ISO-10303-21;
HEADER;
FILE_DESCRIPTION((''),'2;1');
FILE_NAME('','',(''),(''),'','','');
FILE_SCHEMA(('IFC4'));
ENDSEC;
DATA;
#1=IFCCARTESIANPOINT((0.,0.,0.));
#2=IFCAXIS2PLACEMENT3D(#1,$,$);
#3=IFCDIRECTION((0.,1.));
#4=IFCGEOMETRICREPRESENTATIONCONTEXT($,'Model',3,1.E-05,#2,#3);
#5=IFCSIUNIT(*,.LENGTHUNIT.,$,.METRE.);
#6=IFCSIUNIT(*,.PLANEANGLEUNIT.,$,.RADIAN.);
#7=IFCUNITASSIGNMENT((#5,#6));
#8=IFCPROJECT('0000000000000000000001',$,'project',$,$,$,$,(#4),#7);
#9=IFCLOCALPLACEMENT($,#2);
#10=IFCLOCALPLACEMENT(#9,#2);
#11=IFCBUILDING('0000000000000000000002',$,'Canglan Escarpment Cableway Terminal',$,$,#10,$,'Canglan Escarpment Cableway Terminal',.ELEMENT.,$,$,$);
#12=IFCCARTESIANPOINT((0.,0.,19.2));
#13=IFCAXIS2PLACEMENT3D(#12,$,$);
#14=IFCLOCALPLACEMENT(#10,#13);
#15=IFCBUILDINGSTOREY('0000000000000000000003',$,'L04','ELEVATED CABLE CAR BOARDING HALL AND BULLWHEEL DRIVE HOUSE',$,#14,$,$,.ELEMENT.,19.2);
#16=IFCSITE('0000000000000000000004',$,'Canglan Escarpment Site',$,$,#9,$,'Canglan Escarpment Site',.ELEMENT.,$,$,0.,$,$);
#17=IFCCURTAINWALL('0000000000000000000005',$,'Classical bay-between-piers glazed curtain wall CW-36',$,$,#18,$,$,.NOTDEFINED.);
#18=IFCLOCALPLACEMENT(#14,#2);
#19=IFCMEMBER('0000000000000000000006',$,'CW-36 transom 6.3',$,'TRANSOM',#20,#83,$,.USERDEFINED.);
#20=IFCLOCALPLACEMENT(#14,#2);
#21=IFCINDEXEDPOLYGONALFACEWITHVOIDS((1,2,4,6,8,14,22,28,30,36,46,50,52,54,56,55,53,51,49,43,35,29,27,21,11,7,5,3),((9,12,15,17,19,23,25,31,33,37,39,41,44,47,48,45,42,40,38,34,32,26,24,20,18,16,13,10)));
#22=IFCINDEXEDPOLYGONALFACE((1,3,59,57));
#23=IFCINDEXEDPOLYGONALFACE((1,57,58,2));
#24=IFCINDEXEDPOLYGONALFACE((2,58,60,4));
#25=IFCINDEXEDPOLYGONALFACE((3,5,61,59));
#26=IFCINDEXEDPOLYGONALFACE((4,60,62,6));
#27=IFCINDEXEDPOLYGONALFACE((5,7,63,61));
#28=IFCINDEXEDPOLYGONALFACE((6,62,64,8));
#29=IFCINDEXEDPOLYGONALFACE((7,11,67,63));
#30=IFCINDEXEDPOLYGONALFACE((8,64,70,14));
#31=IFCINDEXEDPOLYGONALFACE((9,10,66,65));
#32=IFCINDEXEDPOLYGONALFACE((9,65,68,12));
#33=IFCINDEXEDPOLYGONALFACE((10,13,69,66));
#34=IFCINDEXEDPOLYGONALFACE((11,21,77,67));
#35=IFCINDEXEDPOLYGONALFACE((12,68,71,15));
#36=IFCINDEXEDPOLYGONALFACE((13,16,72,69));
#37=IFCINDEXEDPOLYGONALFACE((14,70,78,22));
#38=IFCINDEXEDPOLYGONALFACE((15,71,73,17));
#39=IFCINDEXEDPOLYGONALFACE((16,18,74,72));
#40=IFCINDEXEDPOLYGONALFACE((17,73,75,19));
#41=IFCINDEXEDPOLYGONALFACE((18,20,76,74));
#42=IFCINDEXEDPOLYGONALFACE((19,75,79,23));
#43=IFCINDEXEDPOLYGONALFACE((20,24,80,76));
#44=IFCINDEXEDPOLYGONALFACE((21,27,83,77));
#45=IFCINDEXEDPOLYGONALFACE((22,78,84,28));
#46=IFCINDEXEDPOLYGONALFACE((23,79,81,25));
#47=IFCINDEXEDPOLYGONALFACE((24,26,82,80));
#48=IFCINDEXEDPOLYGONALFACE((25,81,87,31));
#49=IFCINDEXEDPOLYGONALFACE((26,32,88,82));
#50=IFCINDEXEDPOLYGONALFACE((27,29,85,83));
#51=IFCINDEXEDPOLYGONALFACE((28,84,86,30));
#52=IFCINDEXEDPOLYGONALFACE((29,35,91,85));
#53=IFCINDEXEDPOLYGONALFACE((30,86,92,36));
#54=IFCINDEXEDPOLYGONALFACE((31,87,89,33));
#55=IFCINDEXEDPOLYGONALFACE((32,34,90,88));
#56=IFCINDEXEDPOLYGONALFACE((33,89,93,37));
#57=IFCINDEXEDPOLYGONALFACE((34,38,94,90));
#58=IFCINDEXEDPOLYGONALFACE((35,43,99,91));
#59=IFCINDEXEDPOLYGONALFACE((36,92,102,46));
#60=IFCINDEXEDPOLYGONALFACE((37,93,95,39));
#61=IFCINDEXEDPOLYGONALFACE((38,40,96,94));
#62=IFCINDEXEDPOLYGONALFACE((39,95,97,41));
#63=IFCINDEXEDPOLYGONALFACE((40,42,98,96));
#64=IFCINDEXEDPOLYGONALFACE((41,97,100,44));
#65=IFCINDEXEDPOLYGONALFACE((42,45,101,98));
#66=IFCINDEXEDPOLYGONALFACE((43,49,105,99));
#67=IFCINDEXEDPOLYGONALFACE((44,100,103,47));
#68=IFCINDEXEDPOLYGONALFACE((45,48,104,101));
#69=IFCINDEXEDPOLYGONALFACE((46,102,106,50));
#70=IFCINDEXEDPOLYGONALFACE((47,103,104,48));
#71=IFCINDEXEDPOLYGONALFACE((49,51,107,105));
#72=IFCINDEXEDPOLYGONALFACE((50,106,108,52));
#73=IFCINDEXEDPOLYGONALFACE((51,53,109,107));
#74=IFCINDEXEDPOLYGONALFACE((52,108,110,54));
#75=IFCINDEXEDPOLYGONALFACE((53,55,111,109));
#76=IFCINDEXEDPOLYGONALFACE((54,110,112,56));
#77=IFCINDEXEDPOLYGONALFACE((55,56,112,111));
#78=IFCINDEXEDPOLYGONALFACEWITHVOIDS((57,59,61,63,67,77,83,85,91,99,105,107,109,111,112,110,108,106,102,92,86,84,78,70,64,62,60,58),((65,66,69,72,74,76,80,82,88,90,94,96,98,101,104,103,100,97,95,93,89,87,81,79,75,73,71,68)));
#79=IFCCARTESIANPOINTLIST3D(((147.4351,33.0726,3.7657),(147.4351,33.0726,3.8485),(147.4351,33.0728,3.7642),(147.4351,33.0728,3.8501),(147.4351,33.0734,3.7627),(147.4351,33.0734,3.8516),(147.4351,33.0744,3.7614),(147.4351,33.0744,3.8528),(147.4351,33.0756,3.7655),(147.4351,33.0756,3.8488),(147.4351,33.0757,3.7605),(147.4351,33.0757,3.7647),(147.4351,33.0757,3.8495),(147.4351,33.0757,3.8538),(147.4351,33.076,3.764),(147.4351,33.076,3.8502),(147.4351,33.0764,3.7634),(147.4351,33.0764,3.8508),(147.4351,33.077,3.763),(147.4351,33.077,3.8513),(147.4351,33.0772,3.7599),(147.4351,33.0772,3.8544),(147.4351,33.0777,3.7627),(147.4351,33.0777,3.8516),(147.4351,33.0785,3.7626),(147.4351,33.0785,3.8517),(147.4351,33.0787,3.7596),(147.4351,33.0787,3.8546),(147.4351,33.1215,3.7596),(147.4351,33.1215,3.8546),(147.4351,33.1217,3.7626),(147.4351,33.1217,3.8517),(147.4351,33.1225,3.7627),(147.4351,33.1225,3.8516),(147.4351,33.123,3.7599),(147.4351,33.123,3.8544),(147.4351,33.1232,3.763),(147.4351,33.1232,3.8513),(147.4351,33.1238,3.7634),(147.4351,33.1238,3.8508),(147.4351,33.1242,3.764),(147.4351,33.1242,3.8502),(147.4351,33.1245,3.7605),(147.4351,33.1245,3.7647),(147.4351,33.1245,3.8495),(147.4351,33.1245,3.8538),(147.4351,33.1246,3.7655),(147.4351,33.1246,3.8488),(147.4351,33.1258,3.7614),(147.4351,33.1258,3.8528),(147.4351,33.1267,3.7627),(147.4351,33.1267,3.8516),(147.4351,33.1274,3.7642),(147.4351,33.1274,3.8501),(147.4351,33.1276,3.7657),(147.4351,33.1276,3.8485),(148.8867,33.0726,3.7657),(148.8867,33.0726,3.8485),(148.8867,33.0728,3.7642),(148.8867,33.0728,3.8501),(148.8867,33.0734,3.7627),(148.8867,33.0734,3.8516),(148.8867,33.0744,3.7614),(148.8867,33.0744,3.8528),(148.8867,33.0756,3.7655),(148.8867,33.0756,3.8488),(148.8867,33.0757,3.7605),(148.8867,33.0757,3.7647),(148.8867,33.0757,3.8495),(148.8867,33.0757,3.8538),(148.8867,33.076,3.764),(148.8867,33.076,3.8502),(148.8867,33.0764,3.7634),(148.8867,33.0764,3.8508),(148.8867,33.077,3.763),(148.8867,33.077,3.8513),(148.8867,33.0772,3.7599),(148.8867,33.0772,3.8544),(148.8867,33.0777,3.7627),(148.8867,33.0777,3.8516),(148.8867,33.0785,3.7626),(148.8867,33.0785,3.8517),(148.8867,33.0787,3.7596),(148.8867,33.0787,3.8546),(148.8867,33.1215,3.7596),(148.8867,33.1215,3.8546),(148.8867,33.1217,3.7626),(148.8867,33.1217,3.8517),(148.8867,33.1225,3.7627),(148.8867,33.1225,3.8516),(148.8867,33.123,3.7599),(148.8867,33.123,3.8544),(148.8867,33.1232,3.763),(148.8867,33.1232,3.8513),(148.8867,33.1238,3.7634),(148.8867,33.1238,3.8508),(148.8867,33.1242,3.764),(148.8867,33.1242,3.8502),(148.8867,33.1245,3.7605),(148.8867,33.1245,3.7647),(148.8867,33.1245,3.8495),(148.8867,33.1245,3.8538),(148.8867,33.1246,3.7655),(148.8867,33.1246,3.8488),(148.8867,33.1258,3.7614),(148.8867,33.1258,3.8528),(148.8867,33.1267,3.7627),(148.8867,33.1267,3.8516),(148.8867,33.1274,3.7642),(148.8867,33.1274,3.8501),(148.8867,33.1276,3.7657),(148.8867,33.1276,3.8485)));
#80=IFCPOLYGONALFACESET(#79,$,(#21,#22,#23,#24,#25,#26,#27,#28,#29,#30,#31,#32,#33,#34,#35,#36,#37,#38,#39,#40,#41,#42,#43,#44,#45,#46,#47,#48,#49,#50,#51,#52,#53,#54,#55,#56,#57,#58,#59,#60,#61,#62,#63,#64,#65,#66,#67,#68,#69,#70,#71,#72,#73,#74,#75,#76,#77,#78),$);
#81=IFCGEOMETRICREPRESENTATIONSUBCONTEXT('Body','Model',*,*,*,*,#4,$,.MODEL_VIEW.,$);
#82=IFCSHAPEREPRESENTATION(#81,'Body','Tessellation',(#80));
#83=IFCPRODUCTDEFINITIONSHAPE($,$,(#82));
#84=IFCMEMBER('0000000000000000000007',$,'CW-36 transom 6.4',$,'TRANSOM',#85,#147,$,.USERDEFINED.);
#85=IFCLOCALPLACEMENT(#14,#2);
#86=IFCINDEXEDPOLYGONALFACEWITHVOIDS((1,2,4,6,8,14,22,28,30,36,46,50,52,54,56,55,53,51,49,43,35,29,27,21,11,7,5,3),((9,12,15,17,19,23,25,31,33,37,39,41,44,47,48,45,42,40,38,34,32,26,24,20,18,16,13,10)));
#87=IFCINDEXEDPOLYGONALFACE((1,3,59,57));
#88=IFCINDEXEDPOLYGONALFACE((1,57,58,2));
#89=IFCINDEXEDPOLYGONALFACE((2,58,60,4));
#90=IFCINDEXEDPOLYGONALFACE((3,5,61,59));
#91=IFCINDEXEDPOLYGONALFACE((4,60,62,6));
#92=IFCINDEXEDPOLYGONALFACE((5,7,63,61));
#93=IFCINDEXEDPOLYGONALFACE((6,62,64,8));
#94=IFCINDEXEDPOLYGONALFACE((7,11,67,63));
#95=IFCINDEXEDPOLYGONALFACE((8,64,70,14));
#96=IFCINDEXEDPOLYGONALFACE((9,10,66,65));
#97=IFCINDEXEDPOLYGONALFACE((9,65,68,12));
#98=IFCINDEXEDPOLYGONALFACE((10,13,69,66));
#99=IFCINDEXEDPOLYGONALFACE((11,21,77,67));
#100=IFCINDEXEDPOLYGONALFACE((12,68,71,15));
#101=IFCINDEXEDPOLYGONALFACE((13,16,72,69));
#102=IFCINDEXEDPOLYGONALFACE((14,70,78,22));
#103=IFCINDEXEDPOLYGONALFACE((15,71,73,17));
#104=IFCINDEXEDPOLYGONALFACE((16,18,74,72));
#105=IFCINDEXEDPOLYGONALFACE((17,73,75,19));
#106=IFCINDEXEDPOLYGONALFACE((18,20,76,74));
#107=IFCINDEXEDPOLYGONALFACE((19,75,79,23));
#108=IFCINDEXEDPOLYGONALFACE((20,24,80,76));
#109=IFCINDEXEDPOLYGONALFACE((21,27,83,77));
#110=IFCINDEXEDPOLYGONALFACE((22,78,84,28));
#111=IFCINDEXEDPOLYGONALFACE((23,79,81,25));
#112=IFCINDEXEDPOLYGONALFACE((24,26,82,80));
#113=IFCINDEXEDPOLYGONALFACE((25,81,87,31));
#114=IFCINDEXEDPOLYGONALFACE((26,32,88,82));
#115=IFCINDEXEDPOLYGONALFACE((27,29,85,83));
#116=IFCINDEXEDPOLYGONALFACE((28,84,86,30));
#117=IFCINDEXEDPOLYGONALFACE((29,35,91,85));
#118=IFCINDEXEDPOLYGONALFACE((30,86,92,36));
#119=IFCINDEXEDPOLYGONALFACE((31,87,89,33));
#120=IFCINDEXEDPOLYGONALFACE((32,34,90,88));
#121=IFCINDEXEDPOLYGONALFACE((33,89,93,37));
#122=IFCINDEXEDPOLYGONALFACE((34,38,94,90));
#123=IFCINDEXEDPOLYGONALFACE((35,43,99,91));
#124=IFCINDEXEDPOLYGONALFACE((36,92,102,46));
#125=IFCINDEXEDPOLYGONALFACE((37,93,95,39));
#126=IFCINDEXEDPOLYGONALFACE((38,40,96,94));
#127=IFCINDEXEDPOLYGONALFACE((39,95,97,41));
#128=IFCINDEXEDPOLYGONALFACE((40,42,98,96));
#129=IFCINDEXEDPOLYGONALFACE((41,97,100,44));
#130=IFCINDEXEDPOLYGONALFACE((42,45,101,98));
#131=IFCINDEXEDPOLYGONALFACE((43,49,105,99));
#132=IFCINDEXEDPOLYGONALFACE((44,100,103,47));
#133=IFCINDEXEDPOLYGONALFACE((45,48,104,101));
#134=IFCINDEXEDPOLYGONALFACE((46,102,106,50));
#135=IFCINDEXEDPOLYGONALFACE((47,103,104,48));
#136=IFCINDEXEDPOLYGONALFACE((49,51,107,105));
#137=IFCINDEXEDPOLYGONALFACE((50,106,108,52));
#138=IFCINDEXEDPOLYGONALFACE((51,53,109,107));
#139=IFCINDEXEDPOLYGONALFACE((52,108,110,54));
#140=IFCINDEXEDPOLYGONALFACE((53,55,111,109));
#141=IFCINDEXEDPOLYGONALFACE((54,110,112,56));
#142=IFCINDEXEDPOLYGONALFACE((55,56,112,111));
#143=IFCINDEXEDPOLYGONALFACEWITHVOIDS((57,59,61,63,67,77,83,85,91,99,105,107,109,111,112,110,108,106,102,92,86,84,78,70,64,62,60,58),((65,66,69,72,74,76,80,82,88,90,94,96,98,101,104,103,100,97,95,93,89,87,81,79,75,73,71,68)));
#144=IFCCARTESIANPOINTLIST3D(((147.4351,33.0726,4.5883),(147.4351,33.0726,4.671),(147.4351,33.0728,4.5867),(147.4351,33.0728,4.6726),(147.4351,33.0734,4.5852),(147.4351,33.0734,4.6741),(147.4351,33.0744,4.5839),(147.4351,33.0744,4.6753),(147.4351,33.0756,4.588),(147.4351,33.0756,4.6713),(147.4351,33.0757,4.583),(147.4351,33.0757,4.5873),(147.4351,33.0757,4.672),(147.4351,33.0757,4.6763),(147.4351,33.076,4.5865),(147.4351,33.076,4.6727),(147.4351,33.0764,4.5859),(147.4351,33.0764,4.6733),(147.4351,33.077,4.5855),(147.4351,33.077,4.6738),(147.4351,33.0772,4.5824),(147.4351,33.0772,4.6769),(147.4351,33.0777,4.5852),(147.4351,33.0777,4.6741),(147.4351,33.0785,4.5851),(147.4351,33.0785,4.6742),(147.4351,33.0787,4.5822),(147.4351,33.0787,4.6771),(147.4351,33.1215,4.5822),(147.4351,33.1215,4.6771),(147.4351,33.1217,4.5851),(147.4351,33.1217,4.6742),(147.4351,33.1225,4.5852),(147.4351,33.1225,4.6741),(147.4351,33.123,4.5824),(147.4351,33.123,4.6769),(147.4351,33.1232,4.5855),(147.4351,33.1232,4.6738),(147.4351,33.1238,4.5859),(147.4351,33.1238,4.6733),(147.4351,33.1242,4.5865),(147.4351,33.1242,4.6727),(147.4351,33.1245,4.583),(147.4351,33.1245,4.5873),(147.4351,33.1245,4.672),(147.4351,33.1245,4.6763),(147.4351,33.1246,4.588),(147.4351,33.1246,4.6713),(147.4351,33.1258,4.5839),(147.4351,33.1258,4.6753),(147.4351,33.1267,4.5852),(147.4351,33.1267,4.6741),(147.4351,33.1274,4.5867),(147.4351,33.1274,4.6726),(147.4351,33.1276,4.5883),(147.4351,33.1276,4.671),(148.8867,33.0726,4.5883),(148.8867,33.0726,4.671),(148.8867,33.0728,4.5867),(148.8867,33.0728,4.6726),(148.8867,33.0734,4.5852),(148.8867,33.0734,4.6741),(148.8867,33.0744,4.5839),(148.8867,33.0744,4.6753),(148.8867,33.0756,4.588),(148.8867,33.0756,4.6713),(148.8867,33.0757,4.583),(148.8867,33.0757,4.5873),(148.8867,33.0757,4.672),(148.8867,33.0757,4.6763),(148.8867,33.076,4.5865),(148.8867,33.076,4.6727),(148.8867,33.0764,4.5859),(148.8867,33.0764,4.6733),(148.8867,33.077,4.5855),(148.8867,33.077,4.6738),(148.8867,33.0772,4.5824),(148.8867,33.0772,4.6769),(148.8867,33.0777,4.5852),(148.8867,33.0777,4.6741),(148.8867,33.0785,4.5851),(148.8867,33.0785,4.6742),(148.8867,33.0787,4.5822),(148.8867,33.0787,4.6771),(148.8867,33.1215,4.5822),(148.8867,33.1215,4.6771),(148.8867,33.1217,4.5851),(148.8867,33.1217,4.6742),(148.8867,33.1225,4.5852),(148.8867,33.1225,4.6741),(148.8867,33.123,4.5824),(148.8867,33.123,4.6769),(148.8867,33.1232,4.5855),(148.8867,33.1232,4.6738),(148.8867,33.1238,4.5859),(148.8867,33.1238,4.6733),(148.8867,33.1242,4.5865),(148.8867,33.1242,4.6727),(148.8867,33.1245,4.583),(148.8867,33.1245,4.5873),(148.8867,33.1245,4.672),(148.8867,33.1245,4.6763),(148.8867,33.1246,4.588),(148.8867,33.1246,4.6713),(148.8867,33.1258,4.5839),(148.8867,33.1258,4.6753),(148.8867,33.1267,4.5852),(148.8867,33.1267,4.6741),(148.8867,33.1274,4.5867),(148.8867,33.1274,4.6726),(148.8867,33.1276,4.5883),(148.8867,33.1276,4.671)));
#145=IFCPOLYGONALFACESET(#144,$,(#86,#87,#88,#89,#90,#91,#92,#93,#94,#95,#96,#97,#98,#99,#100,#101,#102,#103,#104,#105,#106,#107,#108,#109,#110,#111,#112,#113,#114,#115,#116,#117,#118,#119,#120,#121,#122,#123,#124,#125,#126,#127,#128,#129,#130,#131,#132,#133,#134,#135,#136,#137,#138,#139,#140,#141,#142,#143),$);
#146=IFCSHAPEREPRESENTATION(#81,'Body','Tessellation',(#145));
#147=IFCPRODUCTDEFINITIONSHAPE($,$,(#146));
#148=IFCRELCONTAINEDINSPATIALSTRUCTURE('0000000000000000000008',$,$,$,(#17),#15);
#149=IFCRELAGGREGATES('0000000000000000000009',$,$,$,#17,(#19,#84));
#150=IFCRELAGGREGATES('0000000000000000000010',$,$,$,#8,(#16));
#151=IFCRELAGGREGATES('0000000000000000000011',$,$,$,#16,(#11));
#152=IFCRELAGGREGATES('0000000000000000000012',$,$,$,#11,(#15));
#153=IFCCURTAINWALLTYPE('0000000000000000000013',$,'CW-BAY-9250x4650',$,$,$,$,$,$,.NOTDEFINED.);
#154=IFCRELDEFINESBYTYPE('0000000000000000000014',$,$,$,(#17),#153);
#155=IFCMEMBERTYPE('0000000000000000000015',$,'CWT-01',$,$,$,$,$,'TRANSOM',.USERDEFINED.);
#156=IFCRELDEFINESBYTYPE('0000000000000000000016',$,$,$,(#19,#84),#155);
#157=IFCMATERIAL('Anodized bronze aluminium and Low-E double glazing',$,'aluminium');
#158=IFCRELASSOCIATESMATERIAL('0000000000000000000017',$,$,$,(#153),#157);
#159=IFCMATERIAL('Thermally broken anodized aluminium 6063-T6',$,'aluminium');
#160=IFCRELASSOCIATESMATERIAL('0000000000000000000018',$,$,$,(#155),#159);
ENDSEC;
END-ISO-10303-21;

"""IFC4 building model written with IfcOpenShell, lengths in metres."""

from ifc_helpers import new_model, si_unit, direction, frame, origin, origin_2d, place, context, subcontext, project, spatial, hollow_rectangle, extrude, material, material_profile, profile_set, type_object, element, aggregate, save


model = new_model("IFC4")

# Units and contexts
model_context = context("Model", 3, precision=1e-05, world=origin(), true_north=direction((0.0, 1.0)))
body_context = subcontext(model_context, "Body", "Model", "MODEL_VIEW")
ifc_project = project(units=[si_unit("LENGTHUNIT", "METRE"), si_unit("PLANEANGLEUNIT", "RADIAN")], contexts=[model_context])

# Site, building, storey
site_placement = place(None, origin())
site = spatial("IfcSite", under=ifc_project, at=site_placement, Name="Canglan Escarpment Site", LongName="Canglan Escarpment Site", CompositionType="ELEMENT", RefElevation=0.0)
building_placement = place(site_placement, origin())
building = spatial("IfcBuilding", under=site, at=building_placement, Name="Canglan Escarpment Cableway Terminal", LongName="Canglan Escarpment Cableway Terminal", CompositionType="ELEMENT")
storey_placement = place(building_placement, frame((0.0, 0.0, 19.2)))
storey = spatial("IfcBuildingStorey", under=building, at=storey_placement, Name="L04", Description="ELEVATED CABLE CAR BOARDING HALL AND BULLWHEEL DRIVE HOUSE", CompositionType="ELEMENT", Elevation=19.2)

# Curtain wall
ifc_material_1 = material(Name="Anodized bronze aluminium and Low-E double glazing", Category="aluminium")
curtain_wall_type_1 = type_object("IfcCurtainWallType", Name="CW-BAY-9250x4650", PredefinedType="NOTDEFINED", material=ifc_material_1)
curtain_wall_1_placement = place(storey_placement, origin())
curtain_wall_1 = element("IfcCurtainWall", 1, at=curtain_wall_1_placement, inside=storey, type_object=curtain_wall_type_1, Name="Classical bay-between-piers glazed curtain wall CW-36", PredefinedType="NOTDEFINED")
ifc_material_2 = material(Name="Thermally broken anodized aluminium 6063-T6", Category="aluminium")

# Members
ifc_material_profile_1 = material_profile(ifc_material_2, hollow_rectangle(XDim=0.0549, YDim=0.095, WallThickness=0.0029, InnerFilletRadius=0.0029, OuterFilletRadius=0.0061, at=origin_2d()), Name="ALU-TRAN 55x95x3")
ifc_profile_set_1 = profile_set([ifc_material_profile_1], Name="Thermally broken anodized aluminium 6063-T6")
member_type_1 = type_object("IfcMemberType", Name="CWT-01", ElementType="TRANSOM", PredefinedType="USERDEFINED", material=ifc_profile_set_1)
member_1_placement = place(storey_placement, frame((148.8867, 33.1001, 3.8071), z_axis=(-1.0, 0.0, 0.0), x_axis=(0.0, -1.0, 0.0)))
member_1 = element("IfcMember", 2, at=member_1_placement, type_object=member_type_1, Name="CW-36 transom 6.3", ObjectType="TRANSOM", PredefinedType="USERDEFINED", context=body_context, shape_type="SweptSolid", body=[
    extrude(hollow_rectangle(XDim=0.0549, YDim=0.095, WallThickness=0.0029, InnerFilletRadius=0.0029, OuterFilletRadius=0.0061, at=origin_2d()), origin(), (0.0, 0.0, 1.0), 1.4517),
])
member_2_placement = place(storey_placement, frame((148.8867, 33.1001, 4.6296), z_axis=(-1.0, 0.0, 0.0), x_axis=(0.0, -1.0, 0.0)))
member_2 = element("IfcMember", 3, at=member_2_placement, type_object=member_type_1, Name="CW-36 transom 6.4", ObjectType="TRANSOM", PredefinedType="USERDEFINED", context=body_context, shape_type="SweptSolid", body=[
    extrude(hollow_rectangle(XDim=0.0549, YDim=0.095, WallThickness=0.0029, InnerFilletRadius=0.0029, OuterFilletRadius=0.0061, at=origin_2d()), origin(), (0.0, 0.0, 1.0), 1.4517),
])

aggregate(curtain_wall_1, [member_1, member_2])

save(model, "model.ifc")
